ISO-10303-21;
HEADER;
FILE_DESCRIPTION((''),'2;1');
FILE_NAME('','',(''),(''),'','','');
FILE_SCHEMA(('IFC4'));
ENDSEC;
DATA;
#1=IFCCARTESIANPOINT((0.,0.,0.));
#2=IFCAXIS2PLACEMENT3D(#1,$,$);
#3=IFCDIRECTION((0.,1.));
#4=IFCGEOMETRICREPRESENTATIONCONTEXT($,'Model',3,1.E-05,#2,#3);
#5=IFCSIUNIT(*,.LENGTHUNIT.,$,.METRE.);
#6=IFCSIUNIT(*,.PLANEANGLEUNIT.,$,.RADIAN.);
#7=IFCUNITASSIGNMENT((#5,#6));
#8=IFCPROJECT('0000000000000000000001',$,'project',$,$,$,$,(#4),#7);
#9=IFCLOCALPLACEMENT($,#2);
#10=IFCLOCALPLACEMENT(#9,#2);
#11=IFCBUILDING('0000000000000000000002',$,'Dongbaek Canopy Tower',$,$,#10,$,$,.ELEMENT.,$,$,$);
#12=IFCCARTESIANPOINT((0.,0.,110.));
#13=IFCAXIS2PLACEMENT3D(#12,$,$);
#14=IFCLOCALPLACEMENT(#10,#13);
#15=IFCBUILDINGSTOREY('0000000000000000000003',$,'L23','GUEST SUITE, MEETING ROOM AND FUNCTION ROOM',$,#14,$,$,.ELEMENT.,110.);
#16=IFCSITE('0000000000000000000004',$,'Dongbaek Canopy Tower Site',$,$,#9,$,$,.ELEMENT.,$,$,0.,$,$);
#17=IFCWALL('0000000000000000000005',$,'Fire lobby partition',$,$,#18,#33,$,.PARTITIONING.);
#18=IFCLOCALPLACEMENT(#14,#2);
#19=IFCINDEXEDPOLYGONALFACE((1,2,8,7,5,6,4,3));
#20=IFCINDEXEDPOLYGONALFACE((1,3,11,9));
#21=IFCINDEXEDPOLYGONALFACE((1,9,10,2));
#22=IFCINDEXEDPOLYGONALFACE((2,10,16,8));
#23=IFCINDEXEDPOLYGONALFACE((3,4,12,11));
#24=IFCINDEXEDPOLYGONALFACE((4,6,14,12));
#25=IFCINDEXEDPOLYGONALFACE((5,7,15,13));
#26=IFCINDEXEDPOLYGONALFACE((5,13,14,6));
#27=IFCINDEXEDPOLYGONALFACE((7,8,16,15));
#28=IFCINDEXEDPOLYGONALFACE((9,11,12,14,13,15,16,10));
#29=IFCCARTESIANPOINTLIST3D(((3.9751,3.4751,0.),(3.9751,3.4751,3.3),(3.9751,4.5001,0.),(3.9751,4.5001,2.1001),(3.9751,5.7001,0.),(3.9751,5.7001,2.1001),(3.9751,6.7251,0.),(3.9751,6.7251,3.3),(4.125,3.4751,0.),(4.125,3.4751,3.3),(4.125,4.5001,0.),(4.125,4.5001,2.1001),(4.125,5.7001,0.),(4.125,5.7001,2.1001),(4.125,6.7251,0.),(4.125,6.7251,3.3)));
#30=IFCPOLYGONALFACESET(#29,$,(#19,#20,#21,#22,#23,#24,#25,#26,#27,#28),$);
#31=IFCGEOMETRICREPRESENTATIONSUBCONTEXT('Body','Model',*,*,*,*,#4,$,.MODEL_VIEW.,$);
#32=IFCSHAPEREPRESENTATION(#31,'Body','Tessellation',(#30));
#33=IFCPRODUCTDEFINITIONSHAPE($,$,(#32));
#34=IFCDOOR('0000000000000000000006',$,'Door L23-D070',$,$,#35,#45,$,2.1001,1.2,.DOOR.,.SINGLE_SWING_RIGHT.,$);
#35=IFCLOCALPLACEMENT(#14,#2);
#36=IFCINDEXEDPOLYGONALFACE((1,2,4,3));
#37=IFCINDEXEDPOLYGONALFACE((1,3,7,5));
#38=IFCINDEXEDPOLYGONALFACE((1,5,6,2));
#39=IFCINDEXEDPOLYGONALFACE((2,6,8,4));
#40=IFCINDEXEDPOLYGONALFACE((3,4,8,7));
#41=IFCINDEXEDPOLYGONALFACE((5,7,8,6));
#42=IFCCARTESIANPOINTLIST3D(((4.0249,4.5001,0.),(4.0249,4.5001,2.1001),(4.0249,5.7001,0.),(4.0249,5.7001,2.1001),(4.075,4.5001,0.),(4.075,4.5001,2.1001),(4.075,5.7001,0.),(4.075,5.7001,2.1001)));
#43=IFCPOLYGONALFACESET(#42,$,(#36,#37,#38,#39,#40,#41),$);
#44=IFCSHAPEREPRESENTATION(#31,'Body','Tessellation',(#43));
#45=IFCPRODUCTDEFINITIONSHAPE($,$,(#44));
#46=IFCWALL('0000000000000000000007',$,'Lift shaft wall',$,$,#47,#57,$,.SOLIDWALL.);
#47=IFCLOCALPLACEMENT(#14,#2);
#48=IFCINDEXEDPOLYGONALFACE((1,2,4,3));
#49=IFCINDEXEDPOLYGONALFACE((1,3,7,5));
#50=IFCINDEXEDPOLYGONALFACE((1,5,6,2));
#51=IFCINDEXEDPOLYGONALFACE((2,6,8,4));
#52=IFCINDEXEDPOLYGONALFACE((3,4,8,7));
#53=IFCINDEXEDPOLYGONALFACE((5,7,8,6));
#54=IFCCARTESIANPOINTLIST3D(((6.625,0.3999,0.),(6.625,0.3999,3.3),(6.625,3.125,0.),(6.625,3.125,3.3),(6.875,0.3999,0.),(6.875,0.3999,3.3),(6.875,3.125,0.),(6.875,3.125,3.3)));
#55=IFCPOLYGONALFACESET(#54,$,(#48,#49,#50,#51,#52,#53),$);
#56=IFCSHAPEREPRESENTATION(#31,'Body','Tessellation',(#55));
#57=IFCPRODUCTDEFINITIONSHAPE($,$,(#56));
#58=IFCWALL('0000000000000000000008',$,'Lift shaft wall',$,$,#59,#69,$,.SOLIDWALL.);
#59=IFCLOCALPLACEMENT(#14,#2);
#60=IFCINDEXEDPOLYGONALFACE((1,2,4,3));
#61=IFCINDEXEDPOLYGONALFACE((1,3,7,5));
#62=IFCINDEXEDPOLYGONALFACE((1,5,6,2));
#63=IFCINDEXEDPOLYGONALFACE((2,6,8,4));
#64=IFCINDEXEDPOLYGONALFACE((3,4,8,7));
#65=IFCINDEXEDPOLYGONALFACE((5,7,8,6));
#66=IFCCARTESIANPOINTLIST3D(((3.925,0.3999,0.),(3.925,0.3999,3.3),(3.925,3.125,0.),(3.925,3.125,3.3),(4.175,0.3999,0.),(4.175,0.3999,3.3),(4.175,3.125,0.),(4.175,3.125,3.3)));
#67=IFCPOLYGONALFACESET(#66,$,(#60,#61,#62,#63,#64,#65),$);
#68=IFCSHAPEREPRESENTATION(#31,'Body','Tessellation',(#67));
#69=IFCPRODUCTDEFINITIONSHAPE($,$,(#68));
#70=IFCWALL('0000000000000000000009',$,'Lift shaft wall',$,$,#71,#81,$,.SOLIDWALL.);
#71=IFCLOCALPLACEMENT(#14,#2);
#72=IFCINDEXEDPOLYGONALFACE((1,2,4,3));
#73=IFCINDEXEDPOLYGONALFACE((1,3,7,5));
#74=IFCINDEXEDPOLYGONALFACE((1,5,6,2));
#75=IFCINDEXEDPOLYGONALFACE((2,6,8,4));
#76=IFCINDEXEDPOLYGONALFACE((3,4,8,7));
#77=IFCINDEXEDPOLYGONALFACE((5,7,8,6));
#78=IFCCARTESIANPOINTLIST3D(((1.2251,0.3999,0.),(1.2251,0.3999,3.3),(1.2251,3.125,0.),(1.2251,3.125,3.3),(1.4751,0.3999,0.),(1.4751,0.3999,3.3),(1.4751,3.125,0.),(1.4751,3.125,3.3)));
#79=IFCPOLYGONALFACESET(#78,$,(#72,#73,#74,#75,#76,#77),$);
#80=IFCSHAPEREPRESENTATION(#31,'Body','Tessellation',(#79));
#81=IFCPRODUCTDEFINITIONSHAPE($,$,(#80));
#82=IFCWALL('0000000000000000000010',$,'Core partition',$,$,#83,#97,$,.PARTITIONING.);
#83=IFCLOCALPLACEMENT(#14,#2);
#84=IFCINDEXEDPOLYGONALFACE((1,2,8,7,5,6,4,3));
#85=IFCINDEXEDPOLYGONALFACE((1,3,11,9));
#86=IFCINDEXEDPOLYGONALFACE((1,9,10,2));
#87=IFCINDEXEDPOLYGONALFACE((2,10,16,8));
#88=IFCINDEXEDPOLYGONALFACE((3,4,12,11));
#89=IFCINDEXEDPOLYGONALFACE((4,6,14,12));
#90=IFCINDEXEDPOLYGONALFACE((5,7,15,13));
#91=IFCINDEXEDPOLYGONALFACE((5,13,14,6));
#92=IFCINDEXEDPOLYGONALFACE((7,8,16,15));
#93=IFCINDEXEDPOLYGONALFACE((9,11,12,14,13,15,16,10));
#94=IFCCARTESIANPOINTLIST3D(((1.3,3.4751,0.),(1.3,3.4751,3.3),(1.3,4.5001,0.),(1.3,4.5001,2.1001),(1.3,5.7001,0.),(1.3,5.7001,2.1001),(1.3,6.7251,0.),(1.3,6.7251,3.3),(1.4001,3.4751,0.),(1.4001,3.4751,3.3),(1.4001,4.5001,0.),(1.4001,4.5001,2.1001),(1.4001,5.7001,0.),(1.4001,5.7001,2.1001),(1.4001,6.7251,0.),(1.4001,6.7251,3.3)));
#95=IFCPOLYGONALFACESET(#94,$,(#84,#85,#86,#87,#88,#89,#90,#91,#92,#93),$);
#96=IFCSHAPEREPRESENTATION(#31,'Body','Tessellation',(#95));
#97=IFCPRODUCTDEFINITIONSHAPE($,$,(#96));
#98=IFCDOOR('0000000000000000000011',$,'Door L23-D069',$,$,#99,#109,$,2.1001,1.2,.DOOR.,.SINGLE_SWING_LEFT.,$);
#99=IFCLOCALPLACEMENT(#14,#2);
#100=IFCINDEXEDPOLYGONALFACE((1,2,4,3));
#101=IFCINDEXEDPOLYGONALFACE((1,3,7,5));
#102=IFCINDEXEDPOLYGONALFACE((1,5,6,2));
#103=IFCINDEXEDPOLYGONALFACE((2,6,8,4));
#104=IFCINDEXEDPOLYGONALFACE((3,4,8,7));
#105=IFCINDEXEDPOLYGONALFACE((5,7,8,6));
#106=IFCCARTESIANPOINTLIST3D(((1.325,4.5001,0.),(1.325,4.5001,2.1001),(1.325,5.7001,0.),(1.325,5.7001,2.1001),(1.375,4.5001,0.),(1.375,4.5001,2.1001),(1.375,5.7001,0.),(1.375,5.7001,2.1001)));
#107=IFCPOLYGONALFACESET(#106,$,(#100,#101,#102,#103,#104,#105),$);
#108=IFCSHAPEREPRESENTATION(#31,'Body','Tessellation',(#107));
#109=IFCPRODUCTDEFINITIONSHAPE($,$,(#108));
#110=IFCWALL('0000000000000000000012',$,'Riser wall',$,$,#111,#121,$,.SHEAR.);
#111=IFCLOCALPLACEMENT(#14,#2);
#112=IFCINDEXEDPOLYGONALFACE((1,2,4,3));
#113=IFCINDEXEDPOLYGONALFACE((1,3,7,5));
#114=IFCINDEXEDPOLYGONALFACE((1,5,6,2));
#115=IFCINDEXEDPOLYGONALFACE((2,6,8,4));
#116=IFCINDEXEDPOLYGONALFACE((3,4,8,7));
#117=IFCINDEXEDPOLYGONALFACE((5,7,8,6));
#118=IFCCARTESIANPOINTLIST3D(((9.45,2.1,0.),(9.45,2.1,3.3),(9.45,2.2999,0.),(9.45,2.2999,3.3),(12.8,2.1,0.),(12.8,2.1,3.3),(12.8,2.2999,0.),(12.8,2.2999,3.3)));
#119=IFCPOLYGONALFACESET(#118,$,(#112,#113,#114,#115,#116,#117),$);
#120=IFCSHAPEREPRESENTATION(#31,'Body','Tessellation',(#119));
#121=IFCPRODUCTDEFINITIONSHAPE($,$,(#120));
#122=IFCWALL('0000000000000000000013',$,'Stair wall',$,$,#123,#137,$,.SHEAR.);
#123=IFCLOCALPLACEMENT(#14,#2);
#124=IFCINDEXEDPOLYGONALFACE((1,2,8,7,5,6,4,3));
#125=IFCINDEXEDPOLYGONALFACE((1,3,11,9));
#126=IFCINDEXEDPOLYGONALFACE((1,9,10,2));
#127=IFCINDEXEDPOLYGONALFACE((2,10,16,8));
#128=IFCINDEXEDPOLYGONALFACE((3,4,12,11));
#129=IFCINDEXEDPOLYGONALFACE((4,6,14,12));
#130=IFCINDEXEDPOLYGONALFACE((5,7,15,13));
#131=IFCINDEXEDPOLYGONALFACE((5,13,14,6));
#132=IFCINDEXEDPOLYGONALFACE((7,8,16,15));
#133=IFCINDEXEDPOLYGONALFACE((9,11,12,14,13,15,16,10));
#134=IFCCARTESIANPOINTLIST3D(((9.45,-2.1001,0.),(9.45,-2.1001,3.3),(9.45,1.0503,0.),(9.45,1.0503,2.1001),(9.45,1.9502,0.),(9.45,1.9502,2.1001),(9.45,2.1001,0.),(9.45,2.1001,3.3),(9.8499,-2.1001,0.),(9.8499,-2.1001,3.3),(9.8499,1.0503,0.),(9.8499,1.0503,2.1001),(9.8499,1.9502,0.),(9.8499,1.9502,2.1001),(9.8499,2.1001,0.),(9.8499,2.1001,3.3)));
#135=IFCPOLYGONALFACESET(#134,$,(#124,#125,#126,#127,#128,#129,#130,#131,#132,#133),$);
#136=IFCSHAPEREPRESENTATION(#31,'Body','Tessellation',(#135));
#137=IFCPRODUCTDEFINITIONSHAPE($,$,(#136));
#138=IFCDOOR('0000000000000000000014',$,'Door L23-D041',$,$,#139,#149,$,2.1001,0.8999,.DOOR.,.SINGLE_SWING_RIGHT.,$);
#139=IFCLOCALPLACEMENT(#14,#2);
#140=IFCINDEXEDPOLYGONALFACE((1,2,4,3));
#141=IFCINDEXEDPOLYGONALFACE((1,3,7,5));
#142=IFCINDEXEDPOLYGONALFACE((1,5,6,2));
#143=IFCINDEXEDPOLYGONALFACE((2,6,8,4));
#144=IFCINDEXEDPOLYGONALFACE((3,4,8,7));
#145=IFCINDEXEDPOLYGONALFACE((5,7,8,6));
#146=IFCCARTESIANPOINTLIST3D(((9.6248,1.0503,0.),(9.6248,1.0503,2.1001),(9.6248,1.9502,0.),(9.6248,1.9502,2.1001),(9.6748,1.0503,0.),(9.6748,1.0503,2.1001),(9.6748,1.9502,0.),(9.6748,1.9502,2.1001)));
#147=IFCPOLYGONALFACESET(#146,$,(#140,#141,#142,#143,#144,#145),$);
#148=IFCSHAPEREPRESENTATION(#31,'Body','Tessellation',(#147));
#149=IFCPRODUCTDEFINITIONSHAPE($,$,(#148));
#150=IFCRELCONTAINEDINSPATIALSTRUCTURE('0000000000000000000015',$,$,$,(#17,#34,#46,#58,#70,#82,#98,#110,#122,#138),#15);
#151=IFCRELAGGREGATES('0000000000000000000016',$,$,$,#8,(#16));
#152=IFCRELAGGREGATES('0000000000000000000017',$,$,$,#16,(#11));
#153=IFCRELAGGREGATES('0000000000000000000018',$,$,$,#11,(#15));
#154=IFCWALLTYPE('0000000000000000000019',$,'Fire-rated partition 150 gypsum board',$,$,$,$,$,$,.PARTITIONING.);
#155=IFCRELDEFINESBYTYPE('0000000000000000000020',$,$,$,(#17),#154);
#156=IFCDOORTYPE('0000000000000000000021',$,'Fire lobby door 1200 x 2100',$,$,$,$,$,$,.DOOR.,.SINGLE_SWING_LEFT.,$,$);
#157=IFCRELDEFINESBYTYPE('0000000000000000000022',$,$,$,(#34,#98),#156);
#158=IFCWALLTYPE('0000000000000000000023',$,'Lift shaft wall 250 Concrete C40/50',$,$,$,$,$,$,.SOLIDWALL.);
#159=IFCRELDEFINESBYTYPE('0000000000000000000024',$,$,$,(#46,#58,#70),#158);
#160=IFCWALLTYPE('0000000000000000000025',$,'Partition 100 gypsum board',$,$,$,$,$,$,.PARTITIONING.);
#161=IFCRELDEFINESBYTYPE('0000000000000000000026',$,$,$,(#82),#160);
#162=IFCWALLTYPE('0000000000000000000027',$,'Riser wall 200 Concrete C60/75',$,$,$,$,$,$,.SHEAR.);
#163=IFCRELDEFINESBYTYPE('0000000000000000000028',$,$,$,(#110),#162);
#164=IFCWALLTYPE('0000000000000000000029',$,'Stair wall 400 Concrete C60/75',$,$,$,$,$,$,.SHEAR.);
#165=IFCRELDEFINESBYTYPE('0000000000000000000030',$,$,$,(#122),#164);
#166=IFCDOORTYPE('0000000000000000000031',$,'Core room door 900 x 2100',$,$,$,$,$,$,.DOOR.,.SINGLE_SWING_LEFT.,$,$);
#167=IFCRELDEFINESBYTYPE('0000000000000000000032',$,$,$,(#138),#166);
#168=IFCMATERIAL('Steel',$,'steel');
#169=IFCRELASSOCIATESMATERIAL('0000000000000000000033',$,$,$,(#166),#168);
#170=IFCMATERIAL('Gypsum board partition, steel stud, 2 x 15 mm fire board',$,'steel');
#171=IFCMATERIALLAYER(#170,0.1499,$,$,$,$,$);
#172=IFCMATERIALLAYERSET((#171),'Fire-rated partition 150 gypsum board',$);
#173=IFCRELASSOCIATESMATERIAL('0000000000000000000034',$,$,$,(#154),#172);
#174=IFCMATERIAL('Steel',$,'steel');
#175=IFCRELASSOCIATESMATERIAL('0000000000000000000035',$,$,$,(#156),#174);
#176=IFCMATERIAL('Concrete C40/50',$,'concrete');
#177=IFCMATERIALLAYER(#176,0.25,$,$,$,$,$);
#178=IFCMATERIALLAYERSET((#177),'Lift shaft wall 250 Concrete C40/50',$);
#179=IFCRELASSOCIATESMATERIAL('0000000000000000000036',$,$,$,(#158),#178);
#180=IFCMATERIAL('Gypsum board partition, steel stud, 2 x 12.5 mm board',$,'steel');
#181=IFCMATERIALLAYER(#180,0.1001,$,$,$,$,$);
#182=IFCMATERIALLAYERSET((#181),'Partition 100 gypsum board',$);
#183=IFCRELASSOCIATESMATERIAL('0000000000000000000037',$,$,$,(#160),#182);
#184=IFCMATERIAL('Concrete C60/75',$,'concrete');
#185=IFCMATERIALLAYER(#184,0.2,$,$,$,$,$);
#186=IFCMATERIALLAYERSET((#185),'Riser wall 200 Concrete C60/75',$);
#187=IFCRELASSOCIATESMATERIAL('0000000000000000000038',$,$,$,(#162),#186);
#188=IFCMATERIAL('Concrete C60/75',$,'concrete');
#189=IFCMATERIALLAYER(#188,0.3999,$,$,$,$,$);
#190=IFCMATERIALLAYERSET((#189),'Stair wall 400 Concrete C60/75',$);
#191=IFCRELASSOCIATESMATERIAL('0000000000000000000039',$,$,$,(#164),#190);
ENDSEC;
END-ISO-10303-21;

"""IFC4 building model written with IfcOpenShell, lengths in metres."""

from ifc_helpers import new_model, si_unit, direction, frame, frame_2d, origin, place, context, subcontext, project, spatial, rectangle, extrude, material, layer, layer_set, type_object, element, fill, save


model = new_model("IFC4")

# Units and contexts
model_context = context("Model", 3, precision=1e-05, world=origin(), true_north=direction((0.0, 1.0)))
body_context = subcontext(model_context, "Body", "Model", "MODEL_VIEW")
ifc_project = project(units=[si_unit("LENGTHUNIT", "METRE"), si_unit("PLANEANGLEUNIT", "RADIAN")], contexts=[model_context])

# Site, building, storey
site_placement = place(None, origin())
site = spatial("IfcSite", under=ifc_project, at=site_placement, Name="Dongbaek Canopy Tower Site", CompositionType="ELEMENT", RefElevation=0.0)
building_placement = place(site_placement, origin())
building = spatial("IfcBuilding", under=site, at=building_placement, Name="Dongbaek Canopy Tower", CompositionType="ELEMENT")
storey_placement = place(building_placement, frame((0.0, 0.0, 110.0)))
storey = spatial("IfcBuildingStorey", under=building, at=storey_placement, Name="L23", Description="GUEST SUITE, MEETING ROOM AND FUNCTION ROOM", CompositionType="ELEMENT", Elevation=110.0)

# Shared definitions
ifc_material_1 = material(Name="Steel", Category="steel")
door_type_1 = type_object("IfcDoorType", Name="Core room door 900 x 2100", OperationType="SINGLE_SWING_LEFT", PredefinedType="DOOR", material=ifc_material_1)

# Wall, opening, door
ifc_material_2 = material(Name="Gypsum board partition, steel stud, 2 x 15 mm fire board", Category="steel")
ifc_layer_1 = layer(ifc_material_2, 0.1499)
ifc_layer_set_1 = layer_set([ifc_layer_1], Name="Fire-rated partition 150 gypsum board")
wall_type_1 = type_object("IfcWallType", Name="Fire-rated partition 150 gypsum board", PredefinedType="PARTITIONING", material=ifc_layer_set_1)
wall_1_placement = place(storey_placement, frame((4.05, 6.7251, 0.0), z_axis=(0.0, 0.0, 1.0), x_axis=(0.0, -1.0, 0.0)))
wall_1 = element("IfcWall", 1, at=wall_1_placement, inside=storey, type_object=wall_type_1, Name="Fire lobby partition", PredefinedType="PARTITIONING", context=body_context, shape_type="SweptSolid", body=[
    extrude(rectangle(XDim=3.25, YDim=0.1499, at=frame_2d((1.625, 0.0))), origin(), (0.0, 0.0, 1.0), 3.3),
])
opening_1_placement = place(wall_1_placement, frame((1.0249, 0.0, 0.0)))
opening_1 = element("IfcOpeningElement", 2, at=opening_1_placement, cuts=wall_1, PredefinedType="OPENING", context=body_context, shape_type="SweptSolid", body=[
    extrude(rectangle(XDim=1.2, YDim=2.1001, at=frame_2d((0.6001, 1.05))), frame((0.0, 0.085, 0.0), z_axis=(0.0, -1.0, 0.0), x_axis=(1.0, 0.0, 0.0)), (0.0, 0.0, 1.0), 0.1699),
])
ifc_material_3 = material(Name="Steel", Category="steel")
door_type_2 = type_object("IfcDoorType", Name="Fire lobby door 1200 x 2100", OperationType="SINGLE_SWING_LEFT", PredefinedType="DOOR", material=ifc_material_3)
door_1_placement = place(opening_1_placement, origin())
door_1 = element("IfcDoor", 3, at=door_1_placement, inside=storey, type_object=door_type_2, Name="Door L23-D070", OperationType="SINGLE_SWING_RIGHT", OverallHeight=2.1001, OverallWidth=1.2, PredefinedType="DOOR", context=body_context, shape_type="SweptSolid", body=[
    extrude(rectangle(XDim=1.2, YDim=2.1001, at=frame_2d((0.6001, 1.05))), frame((0.0, 0.0249, 0.0), z_axis=(0.0, -1.0, 0.0), x_axis=(1.0, 0.0, 0.0)), (0.0, 0.0, 1.0), 0.05),
])
fill(opening_1, door_1)

# Walls
ifc_material_4 = material(Name="Concrete C40/50", Category="concrete")
ifc_layer_2 = layer(ifc_material_4, 0.25)
ifc_layer_set_2 = layer_set([ifc_layer_2], Name="Lift shaft wall 250 Concrete C40/50")
wall_type_2 = type_object("IfcWallType", Name="Lift shaft wall 250 Concrete C40/50", PredefinedType="SOLIDWALL", material=ifc_layer_set_2)
for number, where, z_axis, x_axis, name in (
    (4, (6.75, 0.3999, 0.0), (0.0, 0.0, 1.0), (0.0, 1.0, 0.0), "Lift shaft wall"),
    (5, (4.05, 0.3999, 0.0), (0.0, 0.0, 1.0), (0.0, 1.0, 0.0), "Lift shaft wall"),
    (6, (1.3501, 0.3999, 0.0), (0.0, 0.0, 1.0), (0.0, 1.0, 0.0), "Lift shaft wall"),
):
    element("IfcWall", number, at=place(storey_placement, frame(where, z_axis=z_axis, x_axis=x_axis)), inside=storey, type_object=wall_type_2, Name=name, PredefinedType="SOLIDWALL", context=body_context, shape_type="SweptSolid", body=[
        extrude(rectangle(XDim=2.7251, YDim=0.25, at=frame_2d((1.3625, 0.0))), origin(), (0.0, 0.0, 1.0), 3.3),
    ])

# Wall, opening, door
ifc_material_5 = material(Name="Gypsum board partition, steel stud, 2 x 12.5 mm board", Category="steel")
ifc_layer_3 = layer(ifc_material_5, 0.1001)
ifc_layer_set_3 = layer_set([ifc_layer_3], Name="Partition 100 gypsum board")
wall_type_3 = type_object("IfcWallType", Name="Partition 100 gypsum board", PredefinedType="PARTITIONING", material=ifc_layer_set_3)
wall_2_placement = place(storey_placement, frame((1.3501, 6.7251, 0.0), z_axis=(0.0, 0.0, 1.0), x_axis=(0.0, -1.0, 0.0)))
wall_2 = element("IfcWall", 7, at=wall_2_placement, inside=storey, type_object=wall_type_3, Name="Core partition", PredefinedType="PARTITIONING", context=body_context, shape_type="SweptSolid", body=[
    extrude(rectangle(XDim=3.25, YDim=0.1001, at=frame_2d((1.625, 0.0))), origin(), (0.0, 0.0, 1.0), 3.3),
])
opening_2_placement = place(wall_2_placement, frame((1.0249, 0.0, 0.0)))
opening_2 = element("IfcOpeningElement", 8, at=opening_2_placement, cuts=wall_2, PredefinedType="OPENING", context=body_context, shape_type="SweptSolid", body=[
    extrude(rectangle(XDim=1.2, YDim=2.1001, at=frame_2d((0.6001, 1.05))), frame((0.0, 0.0601, 0.0), z_axis=(0.0, -1.0, 0.0), x_axis=(1.0, 0.0, 0.0)), (0.0, 0.0, 1.0), 0.1201),
])
door_2_placement = place(opening_2_placement, origin())
door_2 = element("IfcDoor", 9, at=door_2_placement, inside=storey, type_object=door_type_2, Name="Door L23-D069", OperationType="SINGLE_SWING_LEFT", OverallHeight=2.1001, OverallWidth=1.2, PredefinedType="DOOR", context=body_context, shape_type="SweptSolid", body=[
    extrude(rectangle(XDim=1.2, YDim=2.1001, at=frame_2d((0.6001, 1.05))), frame((0.0, 0.0249, 0.0), z_axis=(0.0, -1.0, 0.0), x_axis=(1.0, 0.0, 0.0)), (0.0, 0.0, 1.0), 0.05),
])
fill(opening_2, door_2)

# Wall
ifc_material_6 = material(Name="Concrete C60/75", Category="concrete")
ifc_layer_4 = layer(ifc_material_6, 0.2)
ifc_layer_set_4 = layer_set([ifc_layer_4], Name="Riser wall 200 Concrete C60/75")
wall_type_4 = type_object("IfcWallType", Name="Riser wall 200 Concrete C60/75", PredefinedType="SHEAR", material=ifc_layer_set_4)
wall_3_placement = place(storey_placement, frame((9.45, 2.2, 0.0), z_axis=(0.0, 0.0, 1.0), x_axis=(1.0, 0.0, 0.0)))
element("IfcWall", 10, at=wall_3_placement, inside=storey, type_object=wall_type_4, Name="Riser wall", PredefinedType="SHEAR", context=body_context, shape_type="SweptSolid", body=[
    extrude(rectangle(XDim=3.3501, YDim=0.2, at=frame_2d((1.675, 0.0))), origin(), (0.0, 0.0, 1.0), 3.3),
])

# Wall, opening, door
ifc_material_7 = material(Name="Concrete C60/75", Category="concrete")
ifc_layer_5 = layer(ifc_material_7, 0.3999)
ifc_layer_set_5 = layer_set([ifc_layer_5], Name="Stair wall 400 Concrete C60/75")
wall_type_5 = type_object("IfcWallType", Name="Stair wall 400 Concrete C60/75", PredefinedType="SHEAR", material=ifc_layer_set_5)
wall_4_placement = place(storey_placement, frame((9.6499, 2.1001, 0.0), z_axis=(0.0, 0.0, 1.0), x_axis=(0.0, -1.0, 0.0)))
wall_4 = element("IfcWall", 11, at=wall_4_placement, inside=storey, type_object=wall_type_5, Name="Stair wall", PredefinedType="SHEAR", context=body_context, shape_type="SweptSolid", body=[
    extrude(rectangle(XDim=4.2002, YDim=0.3999, at=frame_2d((2.1001, 0.0))), origin(), (0.0, 0.0, 1.0), 3.3),
])
opening_3_placement = place(wall_4_placement, frame((0.1499, 0.0, 0.0)))
opening_3 = element("IfcOpeningElement", 12, at=opening_3_placement, cuts=wall_4, PredefinedType="OPENING", context=body_context, shape_type="SweptSolid", body=[
    extrude(rectangle(XDim=0.8999, YDim=2.1001, at=frame_2d((0.45, 1.05))), frame((0.0, 0.21, 0.0), z_axis=(0.0, -1.0, 0.0), x_axis=(1.0, 0.0, 0.0)), (0.0, 0.0, 1.0), 0.4199),
])
door_3_placement = place(opening_3_placement, origin())
door_3 = element("IfcDoor", 13, at=door_3_placement, inside=storey, type_object=door_type_1, Name="Door L23-D041", OperationType="SINGLE_SWING_RIGHT", OverallHeight=2.1001, OverallWidth=0.8999, PredefinedType="DOOR", context=body_context, shape_type="SweptSolid", body=[
    extrude(rectangle(XDim=0.8999, YDim=2.1001, at=frame_2d((0.45, 1.05))), frame((0.0, 0.0249, 0.0), z_axis=(0.0, -1.0, 0.0), x_axis=(1.0, 0.0, 0.0)), (0.0, 0.0, 1.0), 0.05),
])
fill(opening_3, door_3)

save(model, "model.ifc")
